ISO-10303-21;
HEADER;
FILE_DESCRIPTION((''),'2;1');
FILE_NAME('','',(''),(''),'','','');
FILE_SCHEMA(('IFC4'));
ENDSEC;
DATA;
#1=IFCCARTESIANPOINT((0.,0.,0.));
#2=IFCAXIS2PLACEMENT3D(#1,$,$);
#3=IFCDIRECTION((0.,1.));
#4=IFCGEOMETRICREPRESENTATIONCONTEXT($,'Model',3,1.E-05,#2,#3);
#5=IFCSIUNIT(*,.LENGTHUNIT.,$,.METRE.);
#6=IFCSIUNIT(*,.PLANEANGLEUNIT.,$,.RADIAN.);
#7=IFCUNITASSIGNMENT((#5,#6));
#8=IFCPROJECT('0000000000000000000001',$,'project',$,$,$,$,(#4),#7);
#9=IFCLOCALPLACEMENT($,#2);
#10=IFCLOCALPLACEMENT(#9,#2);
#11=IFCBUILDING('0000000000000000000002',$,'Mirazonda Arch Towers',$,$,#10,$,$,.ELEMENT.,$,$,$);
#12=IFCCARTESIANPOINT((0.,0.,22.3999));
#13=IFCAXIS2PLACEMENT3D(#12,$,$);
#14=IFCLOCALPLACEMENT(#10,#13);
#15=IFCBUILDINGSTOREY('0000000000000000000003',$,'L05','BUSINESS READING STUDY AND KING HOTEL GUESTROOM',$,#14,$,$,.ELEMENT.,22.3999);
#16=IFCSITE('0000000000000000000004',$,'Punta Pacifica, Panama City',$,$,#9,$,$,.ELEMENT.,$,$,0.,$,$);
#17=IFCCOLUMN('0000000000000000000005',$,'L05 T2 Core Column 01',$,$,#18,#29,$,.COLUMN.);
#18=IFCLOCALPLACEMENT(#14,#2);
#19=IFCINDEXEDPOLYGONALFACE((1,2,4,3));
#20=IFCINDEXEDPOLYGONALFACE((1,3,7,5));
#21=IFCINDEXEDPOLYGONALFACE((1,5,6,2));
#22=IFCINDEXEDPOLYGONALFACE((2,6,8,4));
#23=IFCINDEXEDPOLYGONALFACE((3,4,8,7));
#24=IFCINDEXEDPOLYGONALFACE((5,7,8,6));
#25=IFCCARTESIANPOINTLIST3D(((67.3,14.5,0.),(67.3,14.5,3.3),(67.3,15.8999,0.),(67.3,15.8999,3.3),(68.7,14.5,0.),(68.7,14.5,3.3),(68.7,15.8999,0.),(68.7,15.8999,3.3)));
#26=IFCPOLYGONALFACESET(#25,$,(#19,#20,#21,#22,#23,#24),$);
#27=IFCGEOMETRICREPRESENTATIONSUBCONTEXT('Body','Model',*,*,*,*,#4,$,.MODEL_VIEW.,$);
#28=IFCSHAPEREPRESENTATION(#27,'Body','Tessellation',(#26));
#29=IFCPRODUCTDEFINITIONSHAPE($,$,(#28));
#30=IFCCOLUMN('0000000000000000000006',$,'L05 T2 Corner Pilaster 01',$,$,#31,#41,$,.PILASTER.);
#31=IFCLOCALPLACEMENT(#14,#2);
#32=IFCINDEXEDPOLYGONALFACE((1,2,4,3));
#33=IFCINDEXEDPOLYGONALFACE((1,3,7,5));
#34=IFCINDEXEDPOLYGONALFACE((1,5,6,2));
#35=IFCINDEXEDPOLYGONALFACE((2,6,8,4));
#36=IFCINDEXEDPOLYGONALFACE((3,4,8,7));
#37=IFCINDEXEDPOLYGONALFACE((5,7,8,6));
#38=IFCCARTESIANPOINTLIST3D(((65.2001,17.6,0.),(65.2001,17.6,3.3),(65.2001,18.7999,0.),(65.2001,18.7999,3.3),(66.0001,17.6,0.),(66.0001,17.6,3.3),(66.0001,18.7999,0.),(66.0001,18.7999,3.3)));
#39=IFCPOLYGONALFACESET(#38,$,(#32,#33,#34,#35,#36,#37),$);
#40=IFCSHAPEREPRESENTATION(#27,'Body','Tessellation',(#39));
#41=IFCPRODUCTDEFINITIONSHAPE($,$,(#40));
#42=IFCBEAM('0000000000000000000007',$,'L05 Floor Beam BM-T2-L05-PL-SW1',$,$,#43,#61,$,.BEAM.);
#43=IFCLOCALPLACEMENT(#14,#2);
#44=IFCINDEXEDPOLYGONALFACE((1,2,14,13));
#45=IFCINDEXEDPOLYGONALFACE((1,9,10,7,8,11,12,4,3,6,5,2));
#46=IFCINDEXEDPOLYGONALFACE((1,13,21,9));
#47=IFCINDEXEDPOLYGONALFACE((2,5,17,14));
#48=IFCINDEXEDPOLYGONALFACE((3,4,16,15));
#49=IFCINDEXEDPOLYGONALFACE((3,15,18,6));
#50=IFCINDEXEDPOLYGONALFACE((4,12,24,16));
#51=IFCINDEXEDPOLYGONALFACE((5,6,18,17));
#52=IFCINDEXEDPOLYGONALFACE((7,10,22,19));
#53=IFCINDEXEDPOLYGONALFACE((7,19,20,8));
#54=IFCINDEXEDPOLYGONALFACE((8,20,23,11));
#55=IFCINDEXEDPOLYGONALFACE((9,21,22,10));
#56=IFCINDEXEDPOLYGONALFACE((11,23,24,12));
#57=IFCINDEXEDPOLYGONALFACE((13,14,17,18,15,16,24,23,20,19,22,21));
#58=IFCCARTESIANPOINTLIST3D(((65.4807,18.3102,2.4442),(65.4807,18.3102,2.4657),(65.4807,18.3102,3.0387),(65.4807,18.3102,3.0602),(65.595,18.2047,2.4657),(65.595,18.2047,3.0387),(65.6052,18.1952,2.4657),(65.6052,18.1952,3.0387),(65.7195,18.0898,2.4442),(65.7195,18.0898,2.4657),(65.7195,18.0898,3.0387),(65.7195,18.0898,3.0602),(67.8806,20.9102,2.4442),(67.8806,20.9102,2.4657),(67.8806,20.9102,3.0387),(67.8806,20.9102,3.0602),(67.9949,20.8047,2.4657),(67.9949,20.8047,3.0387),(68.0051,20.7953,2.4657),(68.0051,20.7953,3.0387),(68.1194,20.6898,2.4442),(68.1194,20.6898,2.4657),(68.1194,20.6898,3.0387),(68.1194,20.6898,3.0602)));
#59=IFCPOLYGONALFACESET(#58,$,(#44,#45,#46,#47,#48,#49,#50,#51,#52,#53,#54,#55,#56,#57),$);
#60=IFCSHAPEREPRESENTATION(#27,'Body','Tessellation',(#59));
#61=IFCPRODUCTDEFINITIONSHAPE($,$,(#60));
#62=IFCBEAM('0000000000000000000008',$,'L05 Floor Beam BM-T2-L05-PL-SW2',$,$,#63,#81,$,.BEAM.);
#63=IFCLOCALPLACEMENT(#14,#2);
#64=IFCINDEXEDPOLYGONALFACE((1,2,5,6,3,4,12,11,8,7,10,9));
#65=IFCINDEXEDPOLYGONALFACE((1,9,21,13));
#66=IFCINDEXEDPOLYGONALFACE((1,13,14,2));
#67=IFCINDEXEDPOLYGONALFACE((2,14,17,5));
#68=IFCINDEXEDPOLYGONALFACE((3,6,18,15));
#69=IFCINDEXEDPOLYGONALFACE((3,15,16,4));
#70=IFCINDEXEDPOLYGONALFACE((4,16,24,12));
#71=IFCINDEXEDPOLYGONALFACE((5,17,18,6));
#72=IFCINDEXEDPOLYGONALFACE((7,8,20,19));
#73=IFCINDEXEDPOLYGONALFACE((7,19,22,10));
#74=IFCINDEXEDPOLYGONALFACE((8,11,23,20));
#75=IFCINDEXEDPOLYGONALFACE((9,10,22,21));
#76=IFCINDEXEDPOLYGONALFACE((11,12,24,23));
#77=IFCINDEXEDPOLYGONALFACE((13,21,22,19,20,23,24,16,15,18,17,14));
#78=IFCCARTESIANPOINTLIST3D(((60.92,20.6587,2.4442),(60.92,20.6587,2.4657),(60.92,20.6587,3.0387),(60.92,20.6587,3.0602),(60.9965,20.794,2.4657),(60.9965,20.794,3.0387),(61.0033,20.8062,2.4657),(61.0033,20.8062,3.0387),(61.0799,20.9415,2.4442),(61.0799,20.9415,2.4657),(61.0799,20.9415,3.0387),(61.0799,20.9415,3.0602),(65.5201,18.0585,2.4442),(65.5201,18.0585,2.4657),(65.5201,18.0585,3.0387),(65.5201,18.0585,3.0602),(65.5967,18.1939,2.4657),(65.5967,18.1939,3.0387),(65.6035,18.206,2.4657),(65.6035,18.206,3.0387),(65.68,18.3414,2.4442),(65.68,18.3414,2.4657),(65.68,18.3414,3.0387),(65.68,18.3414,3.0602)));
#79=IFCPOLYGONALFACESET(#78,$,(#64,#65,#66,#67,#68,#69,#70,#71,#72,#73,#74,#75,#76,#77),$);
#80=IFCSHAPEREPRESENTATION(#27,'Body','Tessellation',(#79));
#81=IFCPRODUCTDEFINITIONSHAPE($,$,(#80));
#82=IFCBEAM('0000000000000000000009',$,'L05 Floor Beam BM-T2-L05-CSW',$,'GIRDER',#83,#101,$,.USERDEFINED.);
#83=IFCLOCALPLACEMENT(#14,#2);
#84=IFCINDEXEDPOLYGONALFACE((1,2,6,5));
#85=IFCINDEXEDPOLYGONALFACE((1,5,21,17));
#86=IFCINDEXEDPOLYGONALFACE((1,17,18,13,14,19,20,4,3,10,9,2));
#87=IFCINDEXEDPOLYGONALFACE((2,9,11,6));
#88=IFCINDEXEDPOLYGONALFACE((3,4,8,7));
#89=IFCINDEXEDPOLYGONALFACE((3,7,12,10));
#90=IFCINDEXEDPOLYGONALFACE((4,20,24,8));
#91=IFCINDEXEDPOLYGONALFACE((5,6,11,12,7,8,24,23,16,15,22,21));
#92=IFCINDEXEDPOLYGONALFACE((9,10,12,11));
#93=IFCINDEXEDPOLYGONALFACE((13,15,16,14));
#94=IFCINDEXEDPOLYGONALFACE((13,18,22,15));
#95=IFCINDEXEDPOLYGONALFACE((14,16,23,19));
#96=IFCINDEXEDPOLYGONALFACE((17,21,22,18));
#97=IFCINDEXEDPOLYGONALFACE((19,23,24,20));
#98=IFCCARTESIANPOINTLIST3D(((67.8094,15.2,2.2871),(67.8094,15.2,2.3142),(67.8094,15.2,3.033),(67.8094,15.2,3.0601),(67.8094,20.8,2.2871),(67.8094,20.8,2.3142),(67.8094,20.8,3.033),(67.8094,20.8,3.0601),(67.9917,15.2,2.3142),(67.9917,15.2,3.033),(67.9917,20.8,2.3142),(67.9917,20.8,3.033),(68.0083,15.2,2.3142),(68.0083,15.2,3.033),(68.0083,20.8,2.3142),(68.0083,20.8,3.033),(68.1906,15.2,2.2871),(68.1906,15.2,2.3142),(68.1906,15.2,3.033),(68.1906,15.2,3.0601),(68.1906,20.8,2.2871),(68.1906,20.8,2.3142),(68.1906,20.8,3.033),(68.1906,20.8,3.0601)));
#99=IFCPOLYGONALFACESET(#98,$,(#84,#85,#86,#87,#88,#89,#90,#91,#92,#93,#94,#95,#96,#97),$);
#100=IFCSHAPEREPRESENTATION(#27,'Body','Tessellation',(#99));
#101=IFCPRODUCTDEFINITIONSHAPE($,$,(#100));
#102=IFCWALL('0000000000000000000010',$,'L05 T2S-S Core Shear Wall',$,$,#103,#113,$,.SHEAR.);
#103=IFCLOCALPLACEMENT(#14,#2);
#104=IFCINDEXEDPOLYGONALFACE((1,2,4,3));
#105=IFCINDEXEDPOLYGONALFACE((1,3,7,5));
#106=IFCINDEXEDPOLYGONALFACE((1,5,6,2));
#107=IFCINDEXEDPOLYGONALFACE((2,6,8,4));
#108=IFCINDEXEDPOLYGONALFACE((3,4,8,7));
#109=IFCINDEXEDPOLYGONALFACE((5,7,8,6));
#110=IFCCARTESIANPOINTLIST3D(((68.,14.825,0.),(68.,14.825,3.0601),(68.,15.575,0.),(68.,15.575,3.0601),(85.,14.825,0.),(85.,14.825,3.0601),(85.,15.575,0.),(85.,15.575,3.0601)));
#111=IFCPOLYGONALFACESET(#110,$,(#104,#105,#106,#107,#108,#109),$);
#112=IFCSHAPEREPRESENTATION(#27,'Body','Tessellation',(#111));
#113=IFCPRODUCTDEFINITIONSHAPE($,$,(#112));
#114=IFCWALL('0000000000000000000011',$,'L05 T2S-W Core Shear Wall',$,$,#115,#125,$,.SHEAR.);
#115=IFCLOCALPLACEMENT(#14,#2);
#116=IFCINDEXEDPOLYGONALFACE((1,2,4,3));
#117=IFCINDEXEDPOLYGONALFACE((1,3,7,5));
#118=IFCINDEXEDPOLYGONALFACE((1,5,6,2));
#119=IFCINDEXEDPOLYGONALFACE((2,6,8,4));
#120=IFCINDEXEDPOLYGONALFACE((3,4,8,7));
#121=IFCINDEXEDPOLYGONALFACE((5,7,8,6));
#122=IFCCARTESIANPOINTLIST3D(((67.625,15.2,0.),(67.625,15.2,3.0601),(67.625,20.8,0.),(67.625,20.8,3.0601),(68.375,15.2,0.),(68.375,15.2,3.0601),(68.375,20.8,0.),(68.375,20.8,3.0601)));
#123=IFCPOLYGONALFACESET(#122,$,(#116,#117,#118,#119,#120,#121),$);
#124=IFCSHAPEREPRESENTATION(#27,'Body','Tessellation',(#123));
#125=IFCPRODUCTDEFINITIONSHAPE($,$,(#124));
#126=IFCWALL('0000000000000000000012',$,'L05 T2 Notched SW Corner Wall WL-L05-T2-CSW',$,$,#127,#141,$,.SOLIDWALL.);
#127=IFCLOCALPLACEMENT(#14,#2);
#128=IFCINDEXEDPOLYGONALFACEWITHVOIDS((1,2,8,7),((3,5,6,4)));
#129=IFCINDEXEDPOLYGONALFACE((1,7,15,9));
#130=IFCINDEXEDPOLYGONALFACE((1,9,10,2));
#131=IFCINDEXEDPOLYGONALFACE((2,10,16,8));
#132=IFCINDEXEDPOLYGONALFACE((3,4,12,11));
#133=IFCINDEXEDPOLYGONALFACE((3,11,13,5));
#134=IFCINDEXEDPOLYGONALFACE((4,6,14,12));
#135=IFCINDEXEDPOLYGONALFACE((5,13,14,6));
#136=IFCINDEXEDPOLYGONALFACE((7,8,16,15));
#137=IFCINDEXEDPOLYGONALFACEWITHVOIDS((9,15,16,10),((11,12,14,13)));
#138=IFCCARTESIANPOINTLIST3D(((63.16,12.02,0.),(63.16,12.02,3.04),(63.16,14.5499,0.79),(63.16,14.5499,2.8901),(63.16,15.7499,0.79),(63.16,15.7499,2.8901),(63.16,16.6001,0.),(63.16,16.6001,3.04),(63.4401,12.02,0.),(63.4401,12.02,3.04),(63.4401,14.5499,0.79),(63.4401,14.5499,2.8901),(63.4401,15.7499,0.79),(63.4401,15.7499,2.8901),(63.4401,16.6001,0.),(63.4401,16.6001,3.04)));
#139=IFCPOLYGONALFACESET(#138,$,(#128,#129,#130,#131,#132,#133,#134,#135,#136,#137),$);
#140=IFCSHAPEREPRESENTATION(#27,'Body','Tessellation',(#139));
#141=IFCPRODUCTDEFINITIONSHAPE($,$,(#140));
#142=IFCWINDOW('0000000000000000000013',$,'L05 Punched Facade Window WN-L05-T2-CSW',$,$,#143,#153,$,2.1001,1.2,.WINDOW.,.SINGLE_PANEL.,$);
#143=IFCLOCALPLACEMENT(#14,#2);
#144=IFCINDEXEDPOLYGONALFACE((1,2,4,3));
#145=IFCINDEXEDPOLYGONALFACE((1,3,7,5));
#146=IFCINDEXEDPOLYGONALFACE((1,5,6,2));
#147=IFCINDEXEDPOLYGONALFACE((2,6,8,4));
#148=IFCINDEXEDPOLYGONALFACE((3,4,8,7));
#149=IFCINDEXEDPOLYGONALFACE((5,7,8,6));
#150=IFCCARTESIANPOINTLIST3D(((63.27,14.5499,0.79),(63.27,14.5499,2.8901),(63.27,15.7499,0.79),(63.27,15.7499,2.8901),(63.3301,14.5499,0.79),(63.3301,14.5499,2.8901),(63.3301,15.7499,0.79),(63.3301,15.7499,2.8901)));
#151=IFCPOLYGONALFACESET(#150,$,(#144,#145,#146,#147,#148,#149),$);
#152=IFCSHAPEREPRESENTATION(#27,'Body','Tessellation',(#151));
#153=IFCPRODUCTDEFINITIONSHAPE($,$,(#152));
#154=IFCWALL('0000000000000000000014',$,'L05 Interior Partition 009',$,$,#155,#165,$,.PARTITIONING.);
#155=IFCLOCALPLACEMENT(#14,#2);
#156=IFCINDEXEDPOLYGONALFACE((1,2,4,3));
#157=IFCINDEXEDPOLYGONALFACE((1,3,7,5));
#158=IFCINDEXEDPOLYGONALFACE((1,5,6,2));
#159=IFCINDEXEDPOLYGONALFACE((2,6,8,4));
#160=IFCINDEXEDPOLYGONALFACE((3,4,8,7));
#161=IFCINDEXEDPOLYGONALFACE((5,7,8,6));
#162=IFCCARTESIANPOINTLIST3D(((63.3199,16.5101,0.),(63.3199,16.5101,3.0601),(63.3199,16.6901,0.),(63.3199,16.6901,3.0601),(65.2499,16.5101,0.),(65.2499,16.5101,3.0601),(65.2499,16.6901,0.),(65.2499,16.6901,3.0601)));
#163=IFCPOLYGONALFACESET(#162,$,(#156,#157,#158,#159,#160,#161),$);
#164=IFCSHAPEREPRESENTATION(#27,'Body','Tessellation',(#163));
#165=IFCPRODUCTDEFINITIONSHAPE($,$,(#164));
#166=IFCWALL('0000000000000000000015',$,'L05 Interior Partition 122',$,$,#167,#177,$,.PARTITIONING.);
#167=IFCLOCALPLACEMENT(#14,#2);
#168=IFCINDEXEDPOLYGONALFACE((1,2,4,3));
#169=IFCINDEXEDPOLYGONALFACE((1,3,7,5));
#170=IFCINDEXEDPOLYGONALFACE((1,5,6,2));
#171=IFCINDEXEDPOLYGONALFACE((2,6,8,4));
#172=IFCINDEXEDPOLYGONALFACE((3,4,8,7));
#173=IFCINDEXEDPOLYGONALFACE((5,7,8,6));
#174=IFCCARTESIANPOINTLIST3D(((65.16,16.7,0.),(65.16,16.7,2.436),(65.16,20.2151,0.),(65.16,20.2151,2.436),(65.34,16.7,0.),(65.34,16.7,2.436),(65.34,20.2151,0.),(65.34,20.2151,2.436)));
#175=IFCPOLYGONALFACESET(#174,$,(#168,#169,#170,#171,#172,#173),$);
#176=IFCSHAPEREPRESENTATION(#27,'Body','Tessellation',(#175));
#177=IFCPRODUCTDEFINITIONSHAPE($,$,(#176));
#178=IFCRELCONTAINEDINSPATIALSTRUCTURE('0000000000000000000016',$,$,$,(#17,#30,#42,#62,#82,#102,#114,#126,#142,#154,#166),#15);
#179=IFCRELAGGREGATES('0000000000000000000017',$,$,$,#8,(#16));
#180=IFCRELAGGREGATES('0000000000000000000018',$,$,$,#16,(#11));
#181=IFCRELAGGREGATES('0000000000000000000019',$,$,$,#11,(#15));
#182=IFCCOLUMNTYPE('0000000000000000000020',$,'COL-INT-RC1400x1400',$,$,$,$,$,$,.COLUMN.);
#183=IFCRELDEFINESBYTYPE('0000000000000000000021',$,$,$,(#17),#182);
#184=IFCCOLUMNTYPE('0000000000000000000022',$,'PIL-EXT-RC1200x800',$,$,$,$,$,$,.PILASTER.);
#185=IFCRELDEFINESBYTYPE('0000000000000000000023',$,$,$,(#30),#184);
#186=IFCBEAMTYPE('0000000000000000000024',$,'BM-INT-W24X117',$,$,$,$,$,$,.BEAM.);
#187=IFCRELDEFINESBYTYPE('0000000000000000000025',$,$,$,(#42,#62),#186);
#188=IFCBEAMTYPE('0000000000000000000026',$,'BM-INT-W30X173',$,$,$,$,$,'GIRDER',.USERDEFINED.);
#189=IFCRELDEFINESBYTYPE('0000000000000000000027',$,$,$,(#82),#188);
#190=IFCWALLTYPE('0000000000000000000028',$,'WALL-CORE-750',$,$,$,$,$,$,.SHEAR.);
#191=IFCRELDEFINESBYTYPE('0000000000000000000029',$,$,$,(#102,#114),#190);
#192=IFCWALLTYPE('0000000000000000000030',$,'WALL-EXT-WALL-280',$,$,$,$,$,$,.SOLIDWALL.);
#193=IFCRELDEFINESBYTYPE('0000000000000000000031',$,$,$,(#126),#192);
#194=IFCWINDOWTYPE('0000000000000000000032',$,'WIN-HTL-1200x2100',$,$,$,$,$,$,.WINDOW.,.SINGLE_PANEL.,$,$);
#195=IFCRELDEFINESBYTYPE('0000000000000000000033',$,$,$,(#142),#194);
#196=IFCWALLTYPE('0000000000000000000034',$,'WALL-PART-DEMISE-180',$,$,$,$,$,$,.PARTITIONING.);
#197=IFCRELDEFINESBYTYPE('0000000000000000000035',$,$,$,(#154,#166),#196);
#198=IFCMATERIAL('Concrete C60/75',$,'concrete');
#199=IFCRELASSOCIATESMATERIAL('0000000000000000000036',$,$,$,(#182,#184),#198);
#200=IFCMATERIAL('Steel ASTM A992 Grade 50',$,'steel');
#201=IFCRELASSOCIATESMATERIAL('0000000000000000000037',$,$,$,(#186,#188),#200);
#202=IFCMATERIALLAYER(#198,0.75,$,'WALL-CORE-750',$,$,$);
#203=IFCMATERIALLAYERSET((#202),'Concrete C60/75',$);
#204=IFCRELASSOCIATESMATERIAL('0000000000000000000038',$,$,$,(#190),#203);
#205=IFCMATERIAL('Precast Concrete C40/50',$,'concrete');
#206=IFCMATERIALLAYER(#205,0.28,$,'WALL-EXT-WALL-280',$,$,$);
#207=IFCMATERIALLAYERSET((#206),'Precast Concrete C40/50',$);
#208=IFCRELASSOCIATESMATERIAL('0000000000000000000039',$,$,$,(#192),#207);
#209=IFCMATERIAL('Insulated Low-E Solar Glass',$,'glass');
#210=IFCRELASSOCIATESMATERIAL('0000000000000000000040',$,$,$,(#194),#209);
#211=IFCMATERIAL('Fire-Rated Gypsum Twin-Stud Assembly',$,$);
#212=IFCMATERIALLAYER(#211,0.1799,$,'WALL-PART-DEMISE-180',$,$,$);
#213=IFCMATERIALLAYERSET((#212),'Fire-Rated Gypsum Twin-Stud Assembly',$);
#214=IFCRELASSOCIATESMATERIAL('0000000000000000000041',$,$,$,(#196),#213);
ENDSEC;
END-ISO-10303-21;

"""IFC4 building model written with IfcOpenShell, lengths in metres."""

from ifc_helpers import new_model, si_unit, direction, frame, frame_2d, origin, origin_2d, place, context, subcontext, project, spatial, rectangle, i_section, extrude, material, layer, layer_set, material_profile, profile_set, type_object, element, fill, save


model = new_model("IFC4")

# Units and contexts
model_context = context("Model", 3, precision=1e-05, world=origin(), true_north=direction((0.0, 1.0)))
body_context = subcontext(model_context, "Body", "Model", "MODEL_VIEW")
ifc_project = project(units=[si_unit("LENGTHUNIT", "METRE"), si_unit("PLANEANGLEUNIT", "RADIAN")], contexts=[model_context])

# Site, building, storey
site_placement = place(None, origin())
site = spatial("IfcSite", under=ifc_project, at=site_placement, Name="Punta Pacifica, Panama City", CompositionType="ELEMENT", RefElevation=0.0)
building_placement = place(site_placement, origin())
building = spatial("IfcBuilding", under=site, at=building_placement, Name="Mirazonda Arch Towers", CompositionType="ELEMENT")
storey_placement = place(building_placement, frame((0.0, 0.0, 22.3999)))
storey = spatial("IfcBuildingStorey", under=building, at=storey_placement, Name="L05", Description="BUSINESS READING STUDY AND KING HOTEL GUESTROOM", CompositionType="ELEMENT", Elevation=22.3999)

# Columns
ifc_material_1 = material(Name="Concrete C60/75", Category="concrete")
ifc_material_profile_1 = material_profile(ifc_material_1, rectangle(XDim=1.3999, YDim=1.3999, at=origin_2d()), Name="RC1400x1400")
ifc_profile_set_1 = profile_set([ifc_material_profile_1], Name="Concrete C60/75")
column_type_1 = type_object("IfcColumnType", Name="COL-INT-RC1400x1400", PredefinedType="COLUMN", material=ifc_profile_set_1)
column_1_placement = place(storey_placement, frame((68.0, 15.2, 0.0), z_axis=(0.0, 0.0, 1.0), x_axis=(1.0, 0.0, 0.0)))
element("IfcColumn", 1, at=column_1_placement, inside=storey, type_object=column_type_1, Name="L05 T2 Core Column 01", PredefinedType="COLUMN", context=body_context, shape_type="SweptSolid", body=[
    extrude(rectangle(XDim=1.3999, YDim=1.3999, at=origin_2d()), origin(), (0.0, 0.0, 1.0), 3.3),
])
ifc_material_profile_2 = material_profile(ifc_material_1, rectangle(XDim=0.8, YDim=1.2, at=origin_2d()), Name="RC1200x800")
ifc_profile_set_2 = profile_set([ifc_material_profile_2], Name="Concrete C60/75")
column_type_2 = type_object("IfcColumnType", Name="PIL-EXT-RC1200x800", PredefinedType="PILASTER", material=ifc_profile_set_2)
column_2_placement = place(storey_placement, frame((65.6001, 18.2, 0.0), z_axis=(0.0, 0.0, 1.0), x_axis=(1.0, 0.0, 0.0)))
element("IfcColumn", 2, at=column_2_placement, inside=storey, type_object=column_type_2, Name="L05 T2 Corner Pilaster 01", PredefinedType="PILASTER", context=body_context, shape_type="SweptSolid", body=[
    extrude(rectangle(XDim=0.8, YDim=1.2, at=origin_2d()), origin(), (0.0, 0.0, 1.0), 3.3),
])

# Beams
ifc_material_2 = material(Name="Steel ASTM A992 Grade 50", Category="steel")
ifc_material_profile_3 = material_profile(ifc_material_2, i_section(OverallWidth=0.325, OverallDepth=0.616, WebThickness=0.0139, FlangeThickness=0.0215, at=origin_2d()), Name="W24X117")
ifc_profile_set_3 = profile_set([ifc_material_profile_3], Name="Steel ASTM A992 Grade 50")
beam_type_1 = type_object("IfcBeamType", Name="BM-INT-W24X117", PredefinedType="BEAM", material=ifc_profile_set_3)
beam_1_placement = place(storey_placement, frame((65.6001, 18.2, 2.7522), z_axis=(0.678251, 0.73483, 0.0), x_axis=(-0.73483, 0.678251, 0.0)))
element("IfcBeam", 3, at=beam_1_placement, inside=storey, type_object=beam_type_1, Name="L05 Floor Beam BM-T2-L05-PL-SW1", PredefinedType="BEAM", context=body_context, shape_type="SweptSolid", body=[
    extrude(i_section(OverallWidth=0.325, OverallDepth=0.616, WebThickness=0.0139, FlangeThickness=0.0215, at=origin_2d()), origin(), (0.0, 0.0, 1.0), 3.5383),
])
beam_2_placement = place(storey_placement, frame((65.6001, 18.2, 2.7522), z_axis=(-0.870559, 0.492063, 0.0), x_axis=(-0.492063, -0.870559, 0.0)))
element("IfcBeam", 4, at=beam_2_placement, inside=storey, type_object=beam_type_1, Name="L05 Floor Beam BM-T2-L05-PL-SW2", PredefinedType="BEAM", context=body_context, shape_type="SweptSolid", body=[
    extrude(i_section(OverallWidth=0.325, OverallDepth=0.616, WebThickness=0.0139, FlangeThickness=0.0215, at=origin_2d()), origin(), (0.0, 0.0, 1.0), 5.2842),
])
ifc_material_profile_4 = material_profile(ifc_material_2, i_section(OverallWidth=0.3811, OverallDepth=0.7729, WebThickness=0.0166, FlangeThickness=0.0271, at=origin_2d()), Name="W30X173")
ifc_profile_set_4 = profile_set([ifc_material_profile_4], Name="Steel ASTM A992 Grade 50")
beam_type_2 = type_object("IfcBeamType", Name="BM-INT-W30X173", ElementType="GIRDER", PredefinedType="USERDEFINED", material=ifc_profile_set_4)
beam_3_placement = place(storey_placement, frame((68.0, 15.2, 2.6736), z_axis=(0.0, 1.0, 0.0), x_axis=(-1.0, 0.0, 0.0)))
element("IfcBeam", 5, at=beam_3_placement, inside=storey, type_object=beam_type_2, Name="L05 Floor Beam BM-T2-L05-CSW", ObjectType="GIRDER", PredefinedType="USERDEFINED", context=body_context, shape_type="SweptSolid", body=[
    extrude(i_section(OverallWidth=0.3811, OverallDepth=0.7729, WebThickness=0.0166, FlangeThickness=0.0271, at=origin_2d()), origin(), (0.0, 0.0, 1.0), 5.6001),
])

# Walls
ifc_layer_1 = layer(ifc_material_1, 0.75, Name="WALL-CORE-750")
ifc_layer_set_1 = layer_set([ifc_layer_1], Name="Concrete C60/75")
wall_type_1 = type_object("IfcWallType", Name="WALL-CORE-750", PredefinedType="SHEAR", material=ifc_layer_set_1)
wall_1_placement = place(storey_placement, frame((68.0, 15.2, 0.0), z_axis=(0.0, 0.0, 1.0), x_axis=(1.0, 0.0, 0.0)))
element("IfcWall", 6, at=wall_1_placement, inside=storey, type_object=wall_type_1, Name="L05 T2S-S Core Shear Wall", PredefinedType="SHEAR", context=body_context, shape_type="SweptSolid", body=[
    extrude(rectangle(XDim=17.0, YDim=0.75, at=frame_2d((8.5, 0.0))), origin(), (0.0, 0.0, 1.0), 3.0601),
])
wall_2_placement = place(storey_placement, frame((68.0, 15.2, 0.0), z_axis=(0.0, 0.0, 1.0), x_axis=(0.0, 1.0, 0.0)))
element("IfcWall", 7, at=wall_2_placement, inside=storey, type_object=wall_type_1, Name="L05 T2S-W Core Shear Wall", PredefinedType="SHEAR", context=body_context, shape_type="SweptSolid", body=[
    extrude(rectangle(XDim=5.6001, YDim=0.75, at=frame_2d((2.8, 0.0))), origin(), (0.0, 0.0, 1.0), 3.0601),
])

# Wall, opening, window
ifc_material_3 = material(Name="Precast Concrete C40/50", Category="concrete")
ifc_layer_2 = layer(ifc_material_3, 0.28, Name="WALL-EXT-WALL-280")
ifc_layer_set_2 = layer_set([ifc_layer_2], Name="Precast Concrete C40/50")
wall_type_2 = type_object("IfcWallType", Name="WALL-EXT-WALL-280", PredefinedType="SOLIDWALL", material=ifc_layer_set_2)
wall_3_placement = place(storey_placement, frame((63.3, 16.6001, 0.0), z_axis=(0.0, 0.0, 1.0), x_axis=(0.0, -1.0, 0.0)))
wall_3 = element("IfcWall", 8, at=wall_3_placement, inside=storey, type_object=wall_type_2, Name="L05 T2 Notched SW Corner Wall WL-L05-T2-CSW", PredefinedType="SOLIDWALL", context=body_context, shape_type="SweptSolid", body=[
    extrude(rectangle(XDim=4.5801, YDim=0.28, at=frame_2d((2.29, 0.0))), origin(), (0.0, 0.0, 1.0), 3.04),
])
opening_placement = place(wall_3_placement, frame((0.8501, 0.0, 0.79)))
opening = element("IfcOpeningElement", 9, at=opening_placement, cuts=wall_3, PredefinedType="OPENING", context=body_context, shape_type="SweptSolid", body=[
    extrude(rectangle(XDim=1.2, YDim=2.1001, at=frame_2d((0.6001, 1.05))), frame((0.0, 0.1499, 0.0), z_axis=(0.0, -1.0, 0.0), x_axis=(1.0, 0.0, 0.0)), (0.0, 0.0, 1.0), 0.3),
])
ifc_material_4 = material(Name="Insulated Low-E Solar Glass", Category="glass")
window_type = type_object("IfcWindowType", Name="WIN-HTL-1200x2100", PartitioningType="SINGLE_PANEL", PredefinedType="WINDOW", material=ifc_material_4)
window_placement = place(opening_placement, origin())
window = element("IfcWindow", 10, at=window_placement, inside=storey, type_object=window_type, Name="L05 Punched Facade Window WN-L05-T2-CSW", OverallHeight=2.1001, OverallWidth=1.2, PartitioningType="SINGLE_PANEL", PredefinedType="WINDOW", context=body_context, shape_type="SweptSolid", body=[
    extrude(rectangle(XDim=1.2, YDim=2.1001, at=frame_2d((0.6001, 1.05))), frame((0.0, 0.03, 0.0), z_axis=(0.0, -1.0, 0.0), x_axis=(1.0, 0.0, 0.0)), (0.0, 0.0, 1.0), 0.0601),
])
fill(opening, window)

# Walls
ifc_material_5 = material(Name="Fire-Rated Gypsum Twin-Stud Assembly")
ifc_layer_3 = layer(ifc_material_5, 0.1799, Name="WALL-PART-DEMISE-180")
ifc_layer_set_3 = layer_set([ifc_layer_3], Name="Fire-Rated Gypsum Twin-Stud Assembly")
wall_type_3 = type_object("IfcWallType", Name="WALL-PART-DEMISE-180", PredefinedType="PARTITIONING", material=ifc_layer_set_3)
wall_4_placement = place(storey_placement, frame((63.3201, 16.6001, 0.0), z_axis=(0.0, 0.0, 1.0), x_axis=(1.0, 0.0, 0.0)))
element("IfcWall", 11, at=wall_4_placement, inside=storey, type_object=wall_type_3, Name="L05 Interior Partition 009", PredefinedType="PARTITIONING", context=body_context, shape_type="SweptSolid", body=[
    extrude(rectangle(XDim=1.9299, YDim=0.1799, at=frame_2d((0.9648, 0.0))), origin(), (0.0, 0.0, 1.0), 3.0601),
])
wall_5_placement = place(storey_placement, frame((65.25, 16.7, 0.0), z_axis=(0.0, 0.0, 1.0), x_axis=(0.0, 1.0, 0.0)))
element("IfcWall", 12, at=wall_5_placement, inside=storey, type_object=wall_type_3, Name="L05 Interior Partition 122", PredefinedType="PARTITIONING", context=body_context, shape_type="SweptSolid", body=[
    extrude(rectangle(XDim=3.5151, YDim=0.1799, at=frame_2d((1.7576, 0.0))), origin(), (0.0, 0.0, 1.0), 2.436),
])

save(model, "model.ifc")
